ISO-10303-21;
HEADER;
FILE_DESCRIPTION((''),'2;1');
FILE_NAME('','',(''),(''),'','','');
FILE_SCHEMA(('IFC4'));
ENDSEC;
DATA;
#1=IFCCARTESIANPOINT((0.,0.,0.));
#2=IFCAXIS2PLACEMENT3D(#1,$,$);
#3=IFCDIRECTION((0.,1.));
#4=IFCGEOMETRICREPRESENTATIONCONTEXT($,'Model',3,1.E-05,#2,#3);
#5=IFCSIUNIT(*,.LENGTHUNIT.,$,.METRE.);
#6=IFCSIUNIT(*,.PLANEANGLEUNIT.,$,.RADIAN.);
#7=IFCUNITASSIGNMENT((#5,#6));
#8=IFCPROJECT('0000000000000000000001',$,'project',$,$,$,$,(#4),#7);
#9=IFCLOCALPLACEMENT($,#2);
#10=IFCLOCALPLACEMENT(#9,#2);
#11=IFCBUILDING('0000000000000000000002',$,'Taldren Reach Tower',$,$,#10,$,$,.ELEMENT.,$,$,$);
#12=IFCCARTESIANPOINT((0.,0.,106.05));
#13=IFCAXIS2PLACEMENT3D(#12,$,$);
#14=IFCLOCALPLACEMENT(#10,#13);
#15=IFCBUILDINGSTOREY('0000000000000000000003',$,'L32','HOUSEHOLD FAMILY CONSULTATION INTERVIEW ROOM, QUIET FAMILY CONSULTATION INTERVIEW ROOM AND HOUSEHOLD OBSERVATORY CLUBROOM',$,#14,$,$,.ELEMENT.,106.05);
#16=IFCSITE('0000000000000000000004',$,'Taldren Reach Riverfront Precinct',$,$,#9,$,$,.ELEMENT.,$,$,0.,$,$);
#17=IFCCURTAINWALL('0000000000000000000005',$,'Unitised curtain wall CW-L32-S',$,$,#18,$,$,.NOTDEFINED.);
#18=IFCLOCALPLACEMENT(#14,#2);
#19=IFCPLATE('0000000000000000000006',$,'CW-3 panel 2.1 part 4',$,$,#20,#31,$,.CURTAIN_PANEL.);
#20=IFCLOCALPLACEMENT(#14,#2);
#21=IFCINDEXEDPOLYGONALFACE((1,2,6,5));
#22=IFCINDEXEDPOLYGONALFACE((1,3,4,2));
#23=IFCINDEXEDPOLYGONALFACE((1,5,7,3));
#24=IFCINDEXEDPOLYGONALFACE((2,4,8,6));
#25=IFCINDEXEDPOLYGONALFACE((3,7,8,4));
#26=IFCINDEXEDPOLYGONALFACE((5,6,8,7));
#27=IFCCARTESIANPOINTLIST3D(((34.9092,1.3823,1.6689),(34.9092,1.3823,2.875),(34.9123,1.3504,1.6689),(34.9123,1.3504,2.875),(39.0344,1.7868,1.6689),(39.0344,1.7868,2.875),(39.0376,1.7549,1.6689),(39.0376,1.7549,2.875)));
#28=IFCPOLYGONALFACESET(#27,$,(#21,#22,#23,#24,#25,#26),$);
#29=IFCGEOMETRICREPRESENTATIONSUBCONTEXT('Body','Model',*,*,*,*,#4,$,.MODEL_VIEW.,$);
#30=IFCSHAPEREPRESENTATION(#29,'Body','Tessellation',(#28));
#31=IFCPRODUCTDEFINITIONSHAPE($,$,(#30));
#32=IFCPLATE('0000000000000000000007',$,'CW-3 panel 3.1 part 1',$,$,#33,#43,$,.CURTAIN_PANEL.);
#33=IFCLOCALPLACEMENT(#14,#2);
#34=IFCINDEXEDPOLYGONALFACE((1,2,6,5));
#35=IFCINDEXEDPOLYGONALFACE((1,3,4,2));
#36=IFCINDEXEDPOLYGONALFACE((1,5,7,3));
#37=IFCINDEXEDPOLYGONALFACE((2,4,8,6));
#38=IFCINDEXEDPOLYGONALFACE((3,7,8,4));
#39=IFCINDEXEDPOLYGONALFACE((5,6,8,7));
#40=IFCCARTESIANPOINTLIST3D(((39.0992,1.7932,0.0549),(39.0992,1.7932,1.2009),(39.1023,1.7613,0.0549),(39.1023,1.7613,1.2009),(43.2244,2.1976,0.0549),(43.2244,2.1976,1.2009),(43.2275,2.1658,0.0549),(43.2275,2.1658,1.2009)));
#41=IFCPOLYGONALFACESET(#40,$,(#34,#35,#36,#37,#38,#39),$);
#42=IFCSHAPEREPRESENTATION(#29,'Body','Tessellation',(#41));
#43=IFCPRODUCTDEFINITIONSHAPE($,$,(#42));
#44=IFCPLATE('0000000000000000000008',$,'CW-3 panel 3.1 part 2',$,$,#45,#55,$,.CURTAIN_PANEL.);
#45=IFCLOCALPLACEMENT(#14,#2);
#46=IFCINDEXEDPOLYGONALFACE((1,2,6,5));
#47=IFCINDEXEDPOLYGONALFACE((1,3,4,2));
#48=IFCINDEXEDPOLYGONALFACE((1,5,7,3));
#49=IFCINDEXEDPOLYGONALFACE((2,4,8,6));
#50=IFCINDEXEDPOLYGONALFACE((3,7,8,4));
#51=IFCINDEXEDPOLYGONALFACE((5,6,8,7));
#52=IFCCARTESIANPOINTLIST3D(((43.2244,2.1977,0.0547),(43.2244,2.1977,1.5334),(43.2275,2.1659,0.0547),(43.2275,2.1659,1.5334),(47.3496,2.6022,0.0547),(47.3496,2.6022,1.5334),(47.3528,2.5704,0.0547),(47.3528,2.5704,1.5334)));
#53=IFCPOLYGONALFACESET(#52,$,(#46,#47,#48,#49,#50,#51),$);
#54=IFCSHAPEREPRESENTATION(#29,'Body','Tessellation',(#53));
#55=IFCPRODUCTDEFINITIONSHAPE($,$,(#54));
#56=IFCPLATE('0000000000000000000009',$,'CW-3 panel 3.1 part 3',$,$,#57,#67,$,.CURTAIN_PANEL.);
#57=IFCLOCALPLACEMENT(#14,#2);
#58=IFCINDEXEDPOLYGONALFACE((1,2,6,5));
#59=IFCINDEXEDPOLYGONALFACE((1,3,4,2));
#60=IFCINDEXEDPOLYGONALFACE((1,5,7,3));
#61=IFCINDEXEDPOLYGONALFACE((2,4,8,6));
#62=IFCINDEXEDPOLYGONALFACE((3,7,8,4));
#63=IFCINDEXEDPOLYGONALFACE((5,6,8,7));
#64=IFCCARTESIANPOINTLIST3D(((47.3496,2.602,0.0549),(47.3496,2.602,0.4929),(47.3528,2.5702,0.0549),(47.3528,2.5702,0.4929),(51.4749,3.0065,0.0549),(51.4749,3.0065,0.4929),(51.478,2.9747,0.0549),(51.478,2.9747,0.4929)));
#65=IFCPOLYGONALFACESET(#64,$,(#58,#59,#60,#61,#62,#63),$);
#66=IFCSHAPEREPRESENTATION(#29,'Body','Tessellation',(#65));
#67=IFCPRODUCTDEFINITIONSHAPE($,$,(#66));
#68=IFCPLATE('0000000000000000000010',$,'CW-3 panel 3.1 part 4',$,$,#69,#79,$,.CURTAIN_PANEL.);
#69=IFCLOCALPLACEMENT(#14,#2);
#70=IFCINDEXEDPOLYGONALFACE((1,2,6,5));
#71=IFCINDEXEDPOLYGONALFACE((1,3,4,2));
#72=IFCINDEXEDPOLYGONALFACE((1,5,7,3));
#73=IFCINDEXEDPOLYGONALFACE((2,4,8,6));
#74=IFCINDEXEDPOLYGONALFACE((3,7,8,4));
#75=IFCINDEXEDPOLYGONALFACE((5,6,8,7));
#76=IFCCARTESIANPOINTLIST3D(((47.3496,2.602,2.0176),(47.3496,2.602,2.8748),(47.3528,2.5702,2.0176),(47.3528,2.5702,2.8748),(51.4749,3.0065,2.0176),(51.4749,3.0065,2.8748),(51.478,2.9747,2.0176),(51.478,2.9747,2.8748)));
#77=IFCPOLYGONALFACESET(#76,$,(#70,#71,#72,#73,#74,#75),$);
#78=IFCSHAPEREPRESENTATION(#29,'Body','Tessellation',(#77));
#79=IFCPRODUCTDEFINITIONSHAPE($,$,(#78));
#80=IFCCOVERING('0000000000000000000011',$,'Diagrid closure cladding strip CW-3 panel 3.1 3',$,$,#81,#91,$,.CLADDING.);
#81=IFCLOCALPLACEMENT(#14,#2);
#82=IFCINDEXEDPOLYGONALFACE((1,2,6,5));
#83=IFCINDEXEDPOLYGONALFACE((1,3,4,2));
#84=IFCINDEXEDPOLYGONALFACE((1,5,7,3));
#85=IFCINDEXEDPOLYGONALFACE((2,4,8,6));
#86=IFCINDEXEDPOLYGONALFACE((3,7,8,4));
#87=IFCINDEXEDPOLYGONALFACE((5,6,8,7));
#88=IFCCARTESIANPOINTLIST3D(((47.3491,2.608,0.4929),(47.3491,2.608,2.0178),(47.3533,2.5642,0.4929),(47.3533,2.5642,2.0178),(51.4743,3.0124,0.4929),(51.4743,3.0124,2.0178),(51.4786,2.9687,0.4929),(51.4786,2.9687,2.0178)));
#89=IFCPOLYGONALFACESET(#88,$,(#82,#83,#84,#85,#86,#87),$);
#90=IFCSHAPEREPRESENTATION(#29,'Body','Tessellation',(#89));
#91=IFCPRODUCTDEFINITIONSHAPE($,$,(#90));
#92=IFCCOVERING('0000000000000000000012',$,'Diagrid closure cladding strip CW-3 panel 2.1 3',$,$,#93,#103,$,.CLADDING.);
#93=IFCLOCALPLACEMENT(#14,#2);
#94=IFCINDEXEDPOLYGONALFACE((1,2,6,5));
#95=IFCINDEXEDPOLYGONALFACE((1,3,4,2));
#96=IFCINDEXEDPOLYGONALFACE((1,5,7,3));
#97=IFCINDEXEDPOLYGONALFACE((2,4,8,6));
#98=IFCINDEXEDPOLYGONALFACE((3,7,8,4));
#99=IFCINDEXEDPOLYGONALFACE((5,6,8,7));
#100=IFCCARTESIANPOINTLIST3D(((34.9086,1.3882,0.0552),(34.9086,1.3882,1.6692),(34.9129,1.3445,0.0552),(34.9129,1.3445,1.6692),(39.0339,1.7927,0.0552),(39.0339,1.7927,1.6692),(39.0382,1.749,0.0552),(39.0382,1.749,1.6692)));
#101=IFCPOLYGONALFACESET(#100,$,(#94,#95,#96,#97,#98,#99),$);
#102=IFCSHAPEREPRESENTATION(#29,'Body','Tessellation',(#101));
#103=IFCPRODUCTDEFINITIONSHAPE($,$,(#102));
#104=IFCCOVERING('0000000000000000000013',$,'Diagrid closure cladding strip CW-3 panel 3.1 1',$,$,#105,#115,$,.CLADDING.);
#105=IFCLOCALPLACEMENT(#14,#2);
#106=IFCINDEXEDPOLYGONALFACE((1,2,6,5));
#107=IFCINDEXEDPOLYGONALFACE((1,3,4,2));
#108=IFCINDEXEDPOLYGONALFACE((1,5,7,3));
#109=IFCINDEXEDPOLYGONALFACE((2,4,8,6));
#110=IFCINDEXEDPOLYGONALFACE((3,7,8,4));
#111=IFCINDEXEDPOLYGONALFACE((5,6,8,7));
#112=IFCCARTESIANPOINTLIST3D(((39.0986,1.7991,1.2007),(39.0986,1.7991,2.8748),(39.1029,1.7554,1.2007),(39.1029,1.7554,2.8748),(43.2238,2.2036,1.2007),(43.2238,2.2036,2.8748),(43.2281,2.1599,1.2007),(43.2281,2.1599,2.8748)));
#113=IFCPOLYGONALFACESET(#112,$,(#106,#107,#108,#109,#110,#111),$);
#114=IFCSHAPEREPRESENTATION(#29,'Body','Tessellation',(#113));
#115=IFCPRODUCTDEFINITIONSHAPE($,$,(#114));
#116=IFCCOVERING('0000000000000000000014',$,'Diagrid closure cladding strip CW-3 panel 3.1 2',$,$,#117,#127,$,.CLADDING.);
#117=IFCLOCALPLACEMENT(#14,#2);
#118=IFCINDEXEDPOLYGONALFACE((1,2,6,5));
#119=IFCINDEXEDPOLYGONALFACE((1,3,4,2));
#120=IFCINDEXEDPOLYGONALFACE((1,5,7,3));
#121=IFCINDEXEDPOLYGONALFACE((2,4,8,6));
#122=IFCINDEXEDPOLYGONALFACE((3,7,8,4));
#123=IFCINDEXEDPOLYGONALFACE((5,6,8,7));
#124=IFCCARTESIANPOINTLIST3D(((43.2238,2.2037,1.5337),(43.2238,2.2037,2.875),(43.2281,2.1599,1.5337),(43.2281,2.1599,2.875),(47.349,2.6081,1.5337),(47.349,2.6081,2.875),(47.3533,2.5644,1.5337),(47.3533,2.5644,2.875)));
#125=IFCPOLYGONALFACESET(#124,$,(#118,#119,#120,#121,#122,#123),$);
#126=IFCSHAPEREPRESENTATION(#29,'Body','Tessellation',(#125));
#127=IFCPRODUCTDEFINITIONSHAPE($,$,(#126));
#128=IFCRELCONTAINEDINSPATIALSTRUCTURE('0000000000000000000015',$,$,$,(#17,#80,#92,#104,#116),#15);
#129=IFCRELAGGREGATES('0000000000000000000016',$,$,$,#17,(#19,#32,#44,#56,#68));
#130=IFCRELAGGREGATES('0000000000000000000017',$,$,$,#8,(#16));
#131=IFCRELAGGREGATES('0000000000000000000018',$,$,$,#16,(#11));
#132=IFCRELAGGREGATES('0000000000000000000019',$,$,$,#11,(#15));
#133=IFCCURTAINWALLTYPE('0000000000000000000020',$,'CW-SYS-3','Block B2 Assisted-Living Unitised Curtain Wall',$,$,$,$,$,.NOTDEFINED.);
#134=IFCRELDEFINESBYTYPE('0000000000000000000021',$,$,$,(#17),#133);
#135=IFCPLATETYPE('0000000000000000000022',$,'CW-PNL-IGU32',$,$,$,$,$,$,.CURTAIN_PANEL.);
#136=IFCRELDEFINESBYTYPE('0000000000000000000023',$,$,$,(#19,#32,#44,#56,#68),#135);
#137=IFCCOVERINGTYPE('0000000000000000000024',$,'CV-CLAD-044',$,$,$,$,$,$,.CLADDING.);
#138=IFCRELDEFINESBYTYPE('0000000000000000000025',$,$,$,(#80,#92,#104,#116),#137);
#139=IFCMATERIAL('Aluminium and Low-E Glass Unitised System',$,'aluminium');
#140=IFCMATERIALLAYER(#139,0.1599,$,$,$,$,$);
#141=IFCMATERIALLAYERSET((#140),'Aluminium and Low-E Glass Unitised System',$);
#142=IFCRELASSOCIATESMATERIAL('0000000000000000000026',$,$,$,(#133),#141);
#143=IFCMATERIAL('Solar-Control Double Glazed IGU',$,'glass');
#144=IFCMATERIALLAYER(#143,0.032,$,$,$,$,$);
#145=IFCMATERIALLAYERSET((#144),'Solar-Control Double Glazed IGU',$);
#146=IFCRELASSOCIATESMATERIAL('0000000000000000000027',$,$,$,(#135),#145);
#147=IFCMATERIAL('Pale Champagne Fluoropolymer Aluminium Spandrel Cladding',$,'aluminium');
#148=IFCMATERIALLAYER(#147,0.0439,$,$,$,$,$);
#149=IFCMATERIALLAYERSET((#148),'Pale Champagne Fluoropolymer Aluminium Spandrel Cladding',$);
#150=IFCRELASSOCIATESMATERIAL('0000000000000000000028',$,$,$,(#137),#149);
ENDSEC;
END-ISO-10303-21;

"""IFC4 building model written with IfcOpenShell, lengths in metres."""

from ifc_helpers import new_model, si_unit, direction, frame, origin, origin_2d, place, context, subcontext, project, spatial, rectangle, extrude, source, transform, mapped, material, layer, layer_set, type_object, element, aggregate, save


model = new_model("IFC4")

# Units and contexts
model_context = context("Model", 3, precision=1e-05, world=origin(), true_north=direction((0.0, 1.0)))
body_context = subcontext(model_context, "Body", "Model", "MODEL_VIEW")
ifc_project = project(units=[si_unit("LENGTHUNIT", "METRE"), si_unit("PLANEANGLEUNIT", "RADIAN")], contexts=[model_context])

# Site, building, storey
site_placement = place(None, origin())
site = spatial("IfcSite", under=ifc_project, at=site_placement, Name="Taldren Reach Riverfront Precinct", CompositionType="ELEMENT", RefElevation=0.0)
building_placement = place(site_placement, origin())
building = spatial("IfcBuilding", under=site, at=building_placement, Name="Taldren Reach Tower", CompositionType="ELEMENT")
storey_placement = place(building_placement, frame((0.0, 0.0, 106.05)))
storey = spatial("IfcBuildingStorey", under=building, at=storey_placement, Name="L32", Description="HOUSEHOLD FAMILY CONSULTATION INTERVIEW ROOM, QUIET FAMILY CONSULTATION INTERVIEW ROOM AND HOUSEHOLD OBSERVATORY CLUBROOM", CompositionType="ELEMENT", Elevation=106.05)

# Curtain wall
ifc_material_1 = material(Name="Aluminium and Low-E Glass Unitised System", Category="aluminium")
ifc_layer_1 = layer(ifc_material_1, 0.1599)
ifc_layer_set_1 = layer_set([ifc_layer_1], Name="Aluminium and Low-E Glass Unitised System")
curtain_wall_type = type_object("IfcCurtainWallType", Name="CW-SYS-3", Description="Block B2 Assisted-Living Unitised Curtain Wall", PredefinedType="NOTDEFINED", material=ifc_layer_set_1)
curtain_wall_placement = place(storey_placement, origin())
curtain_wall = element("IfcCurtainWall", 1, at=curtain_wall_placement, inside=storey, type_object=curtain_wall_type, Name="Unitised curtain wall CW-L32-S", PredefinedType="NOTDEFINED")

# Plates
ifc_material_2 = material(Name="Solar-Control Double Glazed IGU", Category="glass")
ifc_layer_2 = layer(ifc_material_2, 0.032)
ifc_layer_set_2 = layer_set([ifc_layer_2], Name="Solar-Control Double Glazed IGU")
plate_type_1 = type_object("IfcPlateType", Name="CW-PNL-IGU32", PredefinedType="CURTAIN_PANEL", material=ifc_layer_set_2)
shared_shape_1 = source(origin(), body_context, "Body", "SweptSolid", [
    extrude(rectangle(XDim=4.145, YDim=0.032, at=origin_2d()), origin(), (0.0, 0.0, 1.0), 1.2061),
])
plate_1_placement = place(storey_placement, frame((36.9734, 1.5686, 1.6689), z_axis=(0.0, 0.0, 1.0), x_axis=(0.995227, 0.097583, 0.0)))
plate_1 = element("IfcPlate", 2, at=plate_1_placement, type_object=plate_type_1, Name="CW-3 panel 2.1 part 4", PredefinedType="CURTAIN_PANEL", context=body_context, shape_type="MappedRepresentation", body=[
    mapped(shared_shape_1, transform((0.0, 0.0, 0.0), scale=1.0)),
])
shared_shape_2 = source(origin(), body_context, "Body", "SweptSolid", [
    extrude(rectangle(XDim=4.145, YDim=0.032, at=origin_2d()), origin(), (0.0, 0.0, 1.0), 1.146),
])
plate_2_placement = place(storey_placement, frame((41.1633, 1.9795, 0.0549), z_axis=(0.0, 0.0, 1.0), x_axis=(0.995227, 0.097583, 0.0)))
plate_2 = element("IfcPlate", 3, at=plate_2_placement, type_object=plate_type_1, Name="CW-3 panel 3.1 part 1", PredefinedType="CURTAIN_PANEL", context=body_context, shape_type="MappedRepresentation", body=[
    mapped(shared_shape_2, transform((0.0, 0.0, 0.0), scale=1.0)),
])
shared_shape_3 = source(origin(), body_context, "Body", "SweptSolid", [
    extrude(rectangle(XDim=4.145, YDim=0.032, at=origin_2d()), origin(), (0.0, 0.0, 1.0), 1.4788),
])
plate_3_placement = place(storey_placement, frame((45.2886, 2.384, 0.0547), z_axis=(0.0, 0.0, 1.0), x_axis=(0.995227, 0.097583, 0.0)))
plate_3 = element("IfcPlate", 4, at=plate_3_placement, type_object=plate_type_1, Name="CW-3 panel 3.1 part 2", PredefinedType="CURTAIN_PANEL", context=body_context, shape_type="MappedRepresentation", body=[
    mapped(shared_shape_3, transform((0.0, 0.0, 0.0), scale=1.0)),
])
shared_shape_4 = source(origin(), body_context, "Body", "SweptSolid", [
    extrude(rectangle(XDim=4.145, YDim=0.032, at=origin_2d()), origin(), (0.0, 0.0, 1.0), 0.438),
])
plate_4_placement = place(storey_placement, frame((49.4138, 2.7883, 0.0549), z_axis=(0.0, 0.0, 1.0), x_axis=(0.995227, 0.097583, 0.0)))
plate_4 = element("IfcPlate", 5, at=plate_4_placement, type_object=plate_type_1, Name="CW-3 panel 3.1 part 3", PredefinedType="CURTAIN_PANEL", context=body_context, shape_type="MappedRepresentation", body=[
    mapped(shared_shape_4, transform((0.0, 0.0, 0.0), scale=1.0)),
])
shared_shape_5 = source(origin(), body_context, "Body", "SweptSolid", [
    extrude(rectangle(XDim=4.145, YDim=0.032, at=origin_2d()), origin(), (0.0, 0.0, 1.0), 0.8572),
])
plate_5_placement = place(storey_placement, frame((49.4138, 2.7883, 2.0176), z_axis=(0.0, 0.0, 1.0), x_axis=(0.995227, 0.097583, 0.0)))
plate_5 = element("IfcPlate", 6, at=plate_5_placement, type_object=plate_type_1, Name="CW-3 panel 3.1 part 4", PredefinedType="CURTAIN_PANEL", context=body_context, shape_type="MappedRepresentation", body=[
    mapped(shared_shape_5, transform((0.0, 0.0, 0.0), scale=1.0)),
])
aggregate(curtain_wall, [plate_1, plate_2, plate_3, plate_4, plate_5])

# Coverings
ifc_material_3 = material(Name="Pale Champagne Fluoropolymer Aluminium Spandrel Cladding", Category="aluminium")
ifc_layer_3 = layer(ifc_material_3, 0.0439)
ifc_layer_set_3 = layer_set([ifc_layer_3], Name="Pale Champagne Fluoropolymer Aluminium Spandrel Cladding")
covering_type = type_object("IfcCoveringType", Name="CV-CLAD-044", PredefinedType="CLADDING", material=ifc_layer_set_3)
shared_shape_6 = source(origin(), body_context, "Body", "SweptSolid", [
    extrude(rectangle(XDim=4.145, YDim=0.0439, at=origin_2d()), origin(), (0.0, 0.0, 1.0), 1.5249),
])
covering_1_placement = place(storey_placement, frame((49.4138, 2.7883, 0.4929), z_axis=(0.0, 0.0, 1.0), x_axis=(0.995227, 0.097583, 0.0)))
element("IfcCovering", 7, at=covering_1_placement, inside=storey, type_object=covering_type, Name="Diagrid closure cladding strip CW-3 panel 3.1 3", PredefinedType="CLADDING", context=body_context, shape_type="MappedRepresentation", body=[
    mapped(shared_shape_6, transform((0.0, 0.0, 0.0), scale=1.0)),
])
shared_shape_7 = source(origin(), body_context, "Body", "SweptSolid", [
    extrude(rectangle(XDim=4.145, YDim=0.0439, at=origin_2d()), origin(), (0.0, 0.0, 1.0), 1.614),
])
covering_2_placement = place(storey_placement, frame((36.9734, 1.5686, 0.0552), z_axis=(0.0, 0.0, 1.0), x_axis=(0.995227, 0.097583, 0.0)))
element("IfcCovering", 8, at=covering_2_placement, inside=storey, type_object=covering_type, Name="Diagrid closure cladding strip CW-3 panel 2.1 3", PredefinedType="CLADDING", context=body_context, shape_type="MappedRepresentation", body=[
    mapped(shared_shape_7, transform((0.0, 0.0, 0.0), scale=1.0)),
])
shared_shape_8 = source(origin(), body_context, "Body", "SweptSolid", [
    extrude(rectangle(XDim=4.145, YDim=0.0439, at=origin_2d()), origin(), (0.0, 0.0, 1.0), 1.6741),
])
covering_3_placement = place(storey_placement, frame((41.1633, 1.9795, 1.2007), z_axis=(0.0, 0.0, 1.0), x_axis=(0.995227, 0.097583, 0.0)))
element("IfcCovering", 9, at=covering_3_placement, inside=storey, type_object=covering_type, Name="Diagrid closure cladding strip CW-3 panel 3.1 1", PredefinedType="CLADDING", context=body_context, shape_type="MappedRepresentation", body=[
    mapped(shared_shape_8, transform((0.0, 0.0, 0.0), scale=1.0)),
])
shared_shape_9 = source(origin(), body_context, "Body", "SweptSolid", [
    extrude(rectangle(XDim=4.145, YDim=0.0439, at=origin_2d()), origin(), (0.0, 0.0, 1.0), 1.3413),
])
covering_4_placement = place(storey_placement, frame((45.2886, 2.384, 1.5337), z_axis=(0.0, 0.0, 1.0), x_axis=(0.995227, 0.097583, 0.0)))
element("IfcCovering", 10, at=covering_4_placement, inside=storey, type_object=covering_type, Name="Diagrid closure cladding strip CW-3 panel 3.1 2", PredefinedType="CLADDING", context=body_context, shape_type="MappedRepresentation", body=[
    mapped(shared_shape_9, transform((0.0, 0.0, 0.0), scale=1.0)),
])

save(model, "model.ifc")
